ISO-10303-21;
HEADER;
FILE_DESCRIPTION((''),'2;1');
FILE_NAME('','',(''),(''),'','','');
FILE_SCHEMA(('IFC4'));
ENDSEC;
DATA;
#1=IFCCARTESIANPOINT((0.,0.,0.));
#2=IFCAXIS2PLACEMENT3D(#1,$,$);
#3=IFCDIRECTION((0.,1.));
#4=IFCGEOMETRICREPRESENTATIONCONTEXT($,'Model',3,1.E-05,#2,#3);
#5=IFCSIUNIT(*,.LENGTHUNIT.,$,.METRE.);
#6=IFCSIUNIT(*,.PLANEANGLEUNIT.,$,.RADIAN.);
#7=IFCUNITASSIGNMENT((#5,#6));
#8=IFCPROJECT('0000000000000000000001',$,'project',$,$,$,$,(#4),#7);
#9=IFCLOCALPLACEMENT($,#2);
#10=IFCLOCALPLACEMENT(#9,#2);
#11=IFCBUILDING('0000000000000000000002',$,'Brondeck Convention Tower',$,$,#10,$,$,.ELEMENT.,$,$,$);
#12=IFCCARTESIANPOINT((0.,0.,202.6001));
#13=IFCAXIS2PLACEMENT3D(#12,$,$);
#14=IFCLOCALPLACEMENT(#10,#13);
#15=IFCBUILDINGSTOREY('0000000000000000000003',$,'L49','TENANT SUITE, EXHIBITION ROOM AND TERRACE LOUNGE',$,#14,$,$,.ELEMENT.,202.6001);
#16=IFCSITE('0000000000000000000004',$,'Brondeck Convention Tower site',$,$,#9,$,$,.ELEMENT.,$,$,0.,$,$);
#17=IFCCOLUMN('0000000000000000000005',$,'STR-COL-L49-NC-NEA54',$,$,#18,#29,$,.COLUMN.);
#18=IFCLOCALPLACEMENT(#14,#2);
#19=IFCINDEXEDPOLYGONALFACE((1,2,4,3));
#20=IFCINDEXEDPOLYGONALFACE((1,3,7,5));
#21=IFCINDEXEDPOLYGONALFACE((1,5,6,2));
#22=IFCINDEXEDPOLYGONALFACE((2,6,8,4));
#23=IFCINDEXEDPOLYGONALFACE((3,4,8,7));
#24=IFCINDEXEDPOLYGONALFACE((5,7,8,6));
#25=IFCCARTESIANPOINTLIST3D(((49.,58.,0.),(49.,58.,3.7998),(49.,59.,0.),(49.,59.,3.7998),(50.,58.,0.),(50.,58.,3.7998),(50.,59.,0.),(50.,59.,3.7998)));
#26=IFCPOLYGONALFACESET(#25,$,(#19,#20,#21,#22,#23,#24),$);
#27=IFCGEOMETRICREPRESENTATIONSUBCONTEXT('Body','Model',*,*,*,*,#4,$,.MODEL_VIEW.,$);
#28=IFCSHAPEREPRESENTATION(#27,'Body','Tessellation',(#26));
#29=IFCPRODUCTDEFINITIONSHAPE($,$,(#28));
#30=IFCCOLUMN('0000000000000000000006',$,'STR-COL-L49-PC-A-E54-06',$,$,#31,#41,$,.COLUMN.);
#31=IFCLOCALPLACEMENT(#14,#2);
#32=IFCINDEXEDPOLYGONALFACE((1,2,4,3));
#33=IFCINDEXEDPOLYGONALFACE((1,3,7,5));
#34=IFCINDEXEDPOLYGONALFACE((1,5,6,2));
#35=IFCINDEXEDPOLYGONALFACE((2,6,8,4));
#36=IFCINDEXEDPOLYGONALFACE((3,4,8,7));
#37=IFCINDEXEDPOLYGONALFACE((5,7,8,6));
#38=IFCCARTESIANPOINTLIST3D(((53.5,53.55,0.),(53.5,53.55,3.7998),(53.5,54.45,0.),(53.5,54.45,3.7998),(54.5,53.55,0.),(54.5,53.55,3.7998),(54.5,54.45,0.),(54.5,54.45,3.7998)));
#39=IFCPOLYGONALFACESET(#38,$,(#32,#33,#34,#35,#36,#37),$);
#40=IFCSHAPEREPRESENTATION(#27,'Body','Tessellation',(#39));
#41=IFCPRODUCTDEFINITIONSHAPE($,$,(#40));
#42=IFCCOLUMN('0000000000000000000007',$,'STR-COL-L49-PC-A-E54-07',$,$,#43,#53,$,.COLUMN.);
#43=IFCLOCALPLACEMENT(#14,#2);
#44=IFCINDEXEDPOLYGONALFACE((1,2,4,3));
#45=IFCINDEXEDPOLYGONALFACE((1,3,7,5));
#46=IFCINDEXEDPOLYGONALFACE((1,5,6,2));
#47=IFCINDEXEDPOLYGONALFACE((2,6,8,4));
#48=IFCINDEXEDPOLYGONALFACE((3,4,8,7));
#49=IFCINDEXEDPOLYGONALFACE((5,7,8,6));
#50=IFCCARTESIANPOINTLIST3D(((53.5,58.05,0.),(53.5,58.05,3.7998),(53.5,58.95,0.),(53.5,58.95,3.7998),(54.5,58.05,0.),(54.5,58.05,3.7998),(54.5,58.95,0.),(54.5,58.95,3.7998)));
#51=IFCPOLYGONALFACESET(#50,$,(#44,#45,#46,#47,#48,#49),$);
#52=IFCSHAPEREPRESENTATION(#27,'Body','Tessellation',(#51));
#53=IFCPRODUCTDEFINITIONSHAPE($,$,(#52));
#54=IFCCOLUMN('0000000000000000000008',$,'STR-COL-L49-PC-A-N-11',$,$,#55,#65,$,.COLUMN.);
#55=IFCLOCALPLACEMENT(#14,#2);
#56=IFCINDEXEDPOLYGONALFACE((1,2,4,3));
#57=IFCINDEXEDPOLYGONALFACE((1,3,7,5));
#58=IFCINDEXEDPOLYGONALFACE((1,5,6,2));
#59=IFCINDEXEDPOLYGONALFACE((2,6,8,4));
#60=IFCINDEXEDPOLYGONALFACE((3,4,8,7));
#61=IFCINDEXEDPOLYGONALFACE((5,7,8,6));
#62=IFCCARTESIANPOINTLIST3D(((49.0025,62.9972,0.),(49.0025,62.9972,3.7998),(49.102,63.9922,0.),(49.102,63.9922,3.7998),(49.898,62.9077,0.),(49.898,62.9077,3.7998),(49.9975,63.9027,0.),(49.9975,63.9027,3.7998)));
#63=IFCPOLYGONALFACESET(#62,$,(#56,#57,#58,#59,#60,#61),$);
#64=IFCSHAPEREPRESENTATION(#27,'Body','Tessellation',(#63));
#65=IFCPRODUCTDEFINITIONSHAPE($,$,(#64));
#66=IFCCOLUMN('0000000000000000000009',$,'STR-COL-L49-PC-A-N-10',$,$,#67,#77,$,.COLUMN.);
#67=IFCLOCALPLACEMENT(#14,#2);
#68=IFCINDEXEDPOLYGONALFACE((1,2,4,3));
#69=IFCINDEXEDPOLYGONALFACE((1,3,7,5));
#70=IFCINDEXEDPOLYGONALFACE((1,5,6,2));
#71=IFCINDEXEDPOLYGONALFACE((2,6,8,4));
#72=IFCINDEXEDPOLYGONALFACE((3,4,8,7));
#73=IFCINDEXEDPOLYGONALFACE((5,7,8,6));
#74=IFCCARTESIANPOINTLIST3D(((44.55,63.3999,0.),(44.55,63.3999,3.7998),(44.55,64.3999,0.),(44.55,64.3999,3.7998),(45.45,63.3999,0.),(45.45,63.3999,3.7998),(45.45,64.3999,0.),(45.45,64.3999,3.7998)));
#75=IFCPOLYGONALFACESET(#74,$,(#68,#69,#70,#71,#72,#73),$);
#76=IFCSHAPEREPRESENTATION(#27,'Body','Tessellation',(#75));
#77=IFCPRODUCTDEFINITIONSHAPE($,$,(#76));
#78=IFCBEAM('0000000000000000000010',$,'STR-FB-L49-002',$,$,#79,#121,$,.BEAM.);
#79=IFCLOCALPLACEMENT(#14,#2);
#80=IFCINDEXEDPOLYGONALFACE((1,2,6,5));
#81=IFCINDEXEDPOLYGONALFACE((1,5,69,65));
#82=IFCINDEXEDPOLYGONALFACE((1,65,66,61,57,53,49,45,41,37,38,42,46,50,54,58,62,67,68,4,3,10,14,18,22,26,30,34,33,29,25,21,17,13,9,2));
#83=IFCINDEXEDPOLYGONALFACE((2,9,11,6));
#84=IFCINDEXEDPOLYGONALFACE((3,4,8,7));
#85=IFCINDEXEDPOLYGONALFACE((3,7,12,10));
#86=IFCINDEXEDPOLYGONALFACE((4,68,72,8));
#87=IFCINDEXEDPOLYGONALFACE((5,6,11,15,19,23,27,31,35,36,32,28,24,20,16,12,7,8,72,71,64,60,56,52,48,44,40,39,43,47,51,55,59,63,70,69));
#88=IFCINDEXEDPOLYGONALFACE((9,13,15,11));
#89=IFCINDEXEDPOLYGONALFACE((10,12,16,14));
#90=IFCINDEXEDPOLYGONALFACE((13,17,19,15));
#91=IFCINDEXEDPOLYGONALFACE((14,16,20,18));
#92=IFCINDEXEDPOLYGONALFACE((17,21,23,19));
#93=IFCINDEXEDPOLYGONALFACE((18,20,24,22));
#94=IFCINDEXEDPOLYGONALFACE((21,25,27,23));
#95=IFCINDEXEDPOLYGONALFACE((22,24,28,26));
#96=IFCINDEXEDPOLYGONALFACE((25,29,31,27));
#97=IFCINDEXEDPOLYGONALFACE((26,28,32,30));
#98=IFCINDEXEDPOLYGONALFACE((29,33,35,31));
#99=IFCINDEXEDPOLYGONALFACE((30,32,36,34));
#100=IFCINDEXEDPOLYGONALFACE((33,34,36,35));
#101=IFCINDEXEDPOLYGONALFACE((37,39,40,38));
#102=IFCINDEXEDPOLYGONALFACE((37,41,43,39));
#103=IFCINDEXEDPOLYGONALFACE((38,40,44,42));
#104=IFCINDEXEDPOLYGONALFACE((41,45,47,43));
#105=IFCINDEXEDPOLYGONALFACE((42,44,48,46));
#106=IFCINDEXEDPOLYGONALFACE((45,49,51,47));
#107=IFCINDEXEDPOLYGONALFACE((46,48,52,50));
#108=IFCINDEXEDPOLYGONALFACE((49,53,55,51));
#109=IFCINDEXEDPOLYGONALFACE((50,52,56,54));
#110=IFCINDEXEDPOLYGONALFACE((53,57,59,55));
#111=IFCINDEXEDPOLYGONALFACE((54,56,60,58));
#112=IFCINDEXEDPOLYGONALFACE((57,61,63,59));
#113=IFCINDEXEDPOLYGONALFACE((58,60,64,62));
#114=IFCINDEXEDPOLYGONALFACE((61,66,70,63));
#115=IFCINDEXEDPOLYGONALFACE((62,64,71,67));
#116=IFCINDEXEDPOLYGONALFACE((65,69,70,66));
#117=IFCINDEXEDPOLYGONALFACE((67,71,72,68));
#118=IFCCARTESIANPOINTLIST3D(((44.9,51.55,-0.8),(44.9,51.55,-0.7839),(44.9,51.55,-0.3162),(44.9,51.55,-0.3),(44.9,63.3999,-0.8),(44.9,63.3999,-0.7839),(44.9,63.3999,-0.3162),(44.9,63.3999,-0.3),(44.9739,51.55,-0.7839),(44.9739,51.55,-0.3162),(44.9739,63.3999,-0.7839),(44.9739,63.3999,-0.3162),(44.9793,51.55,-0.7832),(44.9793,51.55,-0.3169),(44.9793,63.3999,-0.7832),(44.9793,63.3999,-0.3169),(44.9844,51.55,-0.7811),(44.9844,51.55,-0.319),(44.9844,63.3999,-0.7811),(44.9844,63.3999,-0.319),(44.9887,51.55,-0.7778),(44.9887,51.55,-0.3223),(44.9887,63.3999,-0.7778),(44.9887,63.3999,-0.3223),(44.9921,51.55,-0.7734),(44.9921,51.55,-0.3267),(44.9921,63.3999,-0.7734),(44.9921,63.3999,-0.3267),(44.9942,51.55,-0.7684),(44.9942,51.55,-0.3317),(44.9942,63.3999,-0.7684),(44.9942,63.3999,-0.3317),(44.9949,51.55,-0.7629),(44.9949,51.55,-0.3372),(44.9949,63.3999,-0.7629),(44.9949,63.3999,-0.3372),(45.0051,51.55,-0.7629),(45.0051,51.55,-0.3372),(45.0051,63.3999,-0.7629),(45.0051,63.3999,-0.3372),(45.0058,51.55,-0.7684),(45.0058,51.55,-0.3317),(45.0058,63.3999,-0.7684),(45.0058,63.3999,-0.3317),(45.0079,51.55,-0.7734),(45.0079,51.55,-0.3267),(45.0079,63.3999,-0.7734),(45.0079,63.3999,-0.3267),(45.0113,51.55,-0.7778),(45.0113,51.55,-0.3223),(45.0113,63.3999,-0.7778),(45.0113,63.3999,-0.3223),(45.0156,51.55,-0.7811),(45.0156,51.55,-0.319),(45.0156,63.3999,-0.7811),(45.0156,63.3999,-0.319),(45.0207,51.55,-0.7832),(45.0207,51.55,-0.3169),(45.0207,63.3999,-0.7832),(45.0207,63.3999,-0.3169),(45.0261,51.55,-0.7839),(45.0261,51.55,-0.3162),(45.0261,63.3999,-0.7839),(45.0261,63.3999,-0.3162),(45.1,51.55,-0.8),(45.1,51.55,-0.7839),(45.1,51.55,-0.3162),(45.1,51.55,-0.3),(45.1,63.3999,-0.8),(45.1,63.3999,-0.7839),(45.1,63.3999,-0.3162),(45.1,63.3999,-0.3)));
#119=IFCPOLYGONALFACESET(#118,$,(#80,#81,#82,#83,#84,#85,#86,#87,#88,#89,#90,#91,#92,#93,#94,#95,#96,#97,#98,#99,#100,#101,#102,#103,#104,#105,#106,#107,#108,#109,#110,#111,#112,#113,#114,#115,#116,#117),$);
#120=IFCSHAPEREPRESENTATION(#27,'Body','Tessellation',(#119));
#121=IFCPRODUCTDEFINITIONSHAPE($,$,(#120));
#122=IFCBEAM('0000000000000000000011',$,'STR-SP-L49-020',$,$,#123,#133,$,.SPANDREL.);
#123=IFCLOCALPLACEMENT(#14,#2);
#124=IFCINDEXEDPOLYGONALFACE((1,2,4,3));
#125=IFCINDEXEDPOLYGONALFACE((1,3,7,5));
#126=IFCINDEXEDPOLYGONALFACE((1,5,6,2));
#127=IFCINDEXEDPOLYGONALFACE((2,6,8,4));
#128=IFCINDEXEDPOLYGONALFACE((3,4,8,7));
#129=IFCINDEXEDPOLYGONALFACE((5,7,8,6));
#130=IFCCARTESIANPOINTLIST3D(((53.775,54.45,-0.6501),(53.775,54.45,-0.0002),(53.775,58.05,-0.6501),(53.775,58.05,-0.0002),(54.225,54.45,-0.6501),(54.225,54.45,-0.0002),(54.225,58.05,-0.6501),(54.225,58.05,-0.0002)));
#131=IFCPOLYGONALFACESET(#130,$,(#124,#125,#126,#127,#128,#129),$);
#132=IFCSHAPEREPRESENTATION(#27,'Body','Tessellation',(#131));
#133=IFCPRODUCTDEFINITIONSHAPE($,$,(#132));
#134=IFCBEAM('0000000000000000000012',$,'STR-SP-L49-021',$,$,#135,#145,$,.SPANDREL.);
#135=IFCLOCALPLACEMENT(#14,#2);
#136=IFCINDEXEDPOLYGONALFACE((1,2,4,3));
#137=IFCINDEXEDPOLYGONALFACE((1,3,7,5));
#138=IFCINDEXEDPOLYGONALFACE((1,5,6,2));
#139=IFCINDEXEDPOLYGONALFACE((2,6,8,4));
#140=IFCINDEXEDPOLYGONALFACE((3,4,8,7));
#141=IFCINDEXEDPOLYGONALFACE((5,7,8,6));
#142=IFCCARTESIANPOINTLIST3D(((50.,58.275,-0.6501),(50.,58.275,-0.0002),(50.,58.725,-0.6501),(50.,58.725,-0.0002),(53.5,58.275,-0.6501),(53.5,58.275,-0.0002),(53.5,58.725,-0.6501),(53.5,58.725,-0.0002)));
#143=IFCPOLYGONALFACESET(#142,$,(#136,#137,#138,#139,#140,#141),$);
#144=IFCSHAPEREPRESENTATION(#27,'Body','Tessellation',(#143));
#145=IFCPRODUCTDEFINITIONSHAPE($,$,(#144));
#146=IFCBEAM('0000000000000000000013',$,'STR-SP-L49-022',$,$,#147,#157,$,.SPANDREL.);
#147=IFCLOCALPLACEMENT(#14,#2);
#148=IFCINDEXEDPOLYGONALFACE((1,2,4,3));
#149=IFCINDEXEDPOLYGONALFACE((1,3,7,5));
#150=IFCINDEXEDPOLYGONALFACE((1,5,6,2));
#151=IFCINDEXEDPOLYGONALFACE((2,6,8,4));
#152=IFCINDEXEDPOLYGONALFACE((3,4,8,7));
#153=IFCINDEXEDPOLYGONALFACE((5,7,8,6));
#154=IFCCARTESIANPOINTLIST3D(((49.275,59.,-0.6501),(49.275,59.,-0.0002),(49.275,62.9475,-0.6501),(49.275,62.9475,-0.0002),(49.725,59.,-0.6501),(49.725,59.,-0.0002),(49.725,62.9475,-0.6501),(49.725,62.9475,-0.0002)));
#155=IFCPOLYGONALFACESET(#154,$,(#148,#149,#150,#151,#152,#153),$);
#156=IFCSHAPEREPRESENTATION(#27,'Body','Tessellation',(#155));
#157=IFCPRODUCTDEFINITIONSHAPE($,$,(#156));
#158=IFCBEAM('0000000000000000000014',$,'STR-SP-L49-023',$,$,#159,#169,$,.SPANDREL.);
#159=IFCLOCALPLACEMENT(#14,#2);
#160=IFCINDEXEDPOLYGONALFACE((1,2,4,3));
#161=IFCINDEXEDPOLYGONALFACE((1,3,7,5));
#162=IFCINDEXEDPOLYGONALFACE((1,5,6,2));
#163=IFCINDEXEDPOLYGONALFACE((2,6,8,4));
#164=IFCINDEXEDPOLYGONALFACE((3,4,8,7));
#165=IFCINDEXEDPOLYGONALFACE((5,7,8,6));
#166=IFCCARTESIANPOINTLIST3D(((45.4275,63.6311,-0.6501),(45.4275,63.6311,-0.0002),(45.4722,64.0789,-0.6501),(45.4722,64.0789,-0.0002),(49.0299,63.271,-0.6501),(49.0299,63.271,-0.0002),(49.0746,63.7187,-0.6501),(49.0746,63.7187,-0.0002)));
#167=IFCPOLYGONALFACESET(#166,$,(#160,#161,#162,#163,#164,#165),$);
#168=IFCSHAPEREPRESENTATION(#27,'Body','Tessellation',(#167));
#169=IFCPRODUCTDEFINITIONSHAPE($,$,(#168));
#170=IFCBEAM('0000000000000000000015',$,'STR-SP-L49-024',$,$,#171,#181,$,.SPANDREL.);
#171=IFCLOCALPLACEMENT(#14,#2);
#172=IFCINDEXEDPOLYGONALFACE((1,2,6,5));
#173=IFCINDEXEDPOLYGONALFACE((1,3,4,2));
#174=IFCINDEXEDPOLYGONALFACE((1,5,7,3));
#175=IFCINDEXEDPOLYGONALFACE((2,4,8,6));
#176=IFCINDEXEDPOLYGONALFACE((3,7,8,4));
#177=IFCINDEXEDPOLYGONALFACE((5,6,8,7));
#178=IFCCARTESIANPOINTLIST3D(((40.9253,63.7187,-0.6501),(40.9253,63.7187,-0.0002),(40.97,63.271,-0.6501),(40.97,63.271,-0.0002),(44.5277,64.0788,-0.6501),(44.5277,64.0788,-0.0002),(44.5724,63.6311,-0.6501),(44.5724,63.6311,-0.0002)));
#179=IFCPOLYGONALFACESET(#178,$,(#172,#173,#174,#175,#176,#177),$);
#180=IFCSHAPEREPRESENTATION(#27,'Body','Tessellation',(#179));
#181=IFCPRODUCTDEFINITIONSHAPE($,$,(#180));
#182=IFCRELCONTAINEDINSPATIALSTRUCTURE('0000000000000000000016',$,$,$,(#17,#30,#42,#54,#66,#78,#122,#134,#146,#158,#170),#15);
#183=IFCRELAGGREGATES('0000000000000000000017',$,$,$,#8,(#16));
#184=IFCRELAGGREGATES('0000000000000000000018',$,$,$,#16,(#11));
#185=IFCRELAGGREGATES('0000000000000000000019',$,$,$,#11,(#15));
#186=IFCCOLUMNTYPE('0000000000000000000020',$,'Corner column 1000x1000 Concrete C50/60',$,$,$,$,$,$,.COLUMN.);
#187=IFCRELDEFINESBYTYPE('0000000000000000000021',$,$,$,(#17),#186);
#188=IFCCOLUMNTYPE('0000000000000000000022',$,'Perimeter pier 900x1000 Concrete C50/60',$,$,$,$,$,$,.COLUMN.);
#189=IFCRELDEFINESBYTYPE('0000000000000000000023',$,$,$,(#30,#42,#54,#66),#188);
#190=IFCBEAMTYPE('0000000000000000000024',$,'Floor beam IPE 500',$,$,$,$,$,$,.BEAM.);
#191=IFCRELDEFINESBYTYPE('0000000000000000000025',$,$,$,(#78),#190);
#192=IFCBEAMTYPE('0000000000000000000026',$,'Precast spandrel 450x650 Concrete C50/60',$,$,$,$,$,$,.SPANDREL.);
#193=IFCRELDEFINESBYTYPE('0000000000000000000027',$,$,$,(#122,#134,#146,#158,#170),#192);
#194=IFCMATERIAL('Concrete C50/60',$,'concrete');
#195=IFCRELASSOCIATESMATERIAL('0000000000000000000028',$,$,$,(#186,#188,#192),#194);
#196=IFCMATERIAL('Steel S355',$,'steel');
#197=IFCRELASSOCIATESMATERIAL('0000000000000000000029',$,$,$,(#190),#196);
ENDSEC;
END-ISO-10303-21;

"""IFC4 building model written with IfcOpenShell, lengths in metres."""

from ifc_helpers import new_model, si_unit, direction, frame, origin, origin_2d, place, context, subcontext, project, spatial, rectangle, i_section, extrude, material, material_profile, profile_set, type_object, element, save


model = new_model("IFC4")

# Units and contexts
model_context = context("Model", 3, precision=1e-05, world=origin(), true_north=direction((0.0, 1.0)))
body_context = subcontext(model_context, "Body", "Model", "MODEL_VIEW")
ifc_project = project(units=[si_unit("LENGTHUNIT", "METRE"), si_unit("PLANEANGLEUNIT", "RADIAN")], contexts=[model_context])

# Site, building, storey
site_placement = place(None, origin())
site = spatial("IfcSite", under=ifc_project, at=site_placement, Name="Brondeck Convention Tower site", CompositionType="ELEMENT", RefElevation=0.0)
building_placement = place(site_placement, origin())
building = spatial("IfcBuilding", under=site, at=building_placement, Name="Brondeck Convention Tower", CompositionType="ELEMENT")
storey_placement = place(building_placement, frame((0.0, 0.0, 202.6001)))
storey = spatial("IfcBuildingStorey", under=building, at=storey_placement, Name="L49", Description="TENANT SUITE, EXHIBITION ROOM AND TERRACE LOUNGE", CompositionType="ELEMENT", Elevation=202.6001)

# Columns
ifc_material_1 = material(Name="Concrete C50/60", Category="concrete")
ifc_material_profile_1 = material_profile(ifc_material_1, rectangle(XDim=1.0, YDim=1.0, at=origin_2d()), Name="Corner column 1000x1000 Concrete C50/60")
ifc_profile_set_1 = profile_set([ifc_material_profile_1], Name="Concrete C50/60")
column_type_1 = type_object("IfcColumnType", Name="Corner column 1000x1000 Concrete C50/60", PredefinedType="COLUMN", material=ifc_profile_set_1)
column_placement = place(storey_placement, frame((49.5, 58.5, 0.0), z_axis=(0.0, 0.0, 1.0), x_axis=(1.0, 0.0, 0.0)))
element("IfcColumn", 1, at=column_placement, inside=storey, type_object=column_type_1, Name="STR-COL-L49-NC-NEA54", PredefinedType="COLUMN", context=body_context, shape_type="SweptSolid", body=[
    extrude(rectangle(XDim=1.0, YDim=1.0, at=origin_2d()), origin(), (0.0, 0.0, 1.0), 3.7998),
])
ifc_material_profile_2 = material_profile(ifc_material_1, rectangle(XDim=0.8999, YDim=1.0, at=origin_2d()), Name="Perimeter pier 900x1000 Concrete C50/60")
ifc_profile_set_2 = profile_set([ifc_material_profile_2], Name="Concrete C50/60")
column_type_2 = type_object("IfcColumnType", Name="Perimeter pier 900x1000 Concrete C50/60", PredefinedType="COLUMN", material=ifc_profile_set_2)
for number, where, z_axis, x_axis, name in (
    (2, (54.0, 54.0, 0.0), (0.0, 0.0, 1.0), (0.0, 1.0, 0.0), "STR-COL-L49-PC-A-E54-06"),
    (3, (54.0, 58.5, 0.0), (0.0, 0.0, 1.0), (0.0, 1.0, 0.0), "STR-COL-L49-PC-A-E54-07"),
    (4, (49.5, 63.45, 0.0), (0.0, 0.0, 1.0), (-0.995037, 0.099504, 0.0), "STR-COL-L49-PC-A-N-11"),
    (5, (45.0, 63.8999, 0.0), (0.0, 0.0, 1.0), (-1.0, 0.0, 0.0), "STR-COL-L49-PC-A-N-10"),
):
    element("IfcColumn", number, at=place(storey_placement, frame(where, z_axis=z_axis, x_axis=x_axis)), inside=storey, type_object=column_type_2, Name=name, PredefinedType="COLUMN", context=body_context, shape_type="SweptSolid", body=[
        extrude(rectangle(XDim=0.8999, YDim=1.0, at=origin_2d()), origin(), (0.0, 0.0, 1.0), 3.7998),
    ])

# Beams
ifc_material_2 = material(Name="Steel S355", Category="steel")
ifc_material_profile_3 = material_profile(ifc_material_2, i_section(OverallWidth=0.2, OverallDepth=0.5, WebThickness=0.0103, FlangeThickness=0.0161, FilletRadius=0.021, at=origin_2d()), Name="IPE 500")
ifc_profile_set_3 = profile_set([ifc_material_profile_3], Name="Steel S355")
beam_type_1 = type_object("IfcBeamType", Name="Floor beam IPE 500", PredefinedType="BEAM", material=ifc_profile_set_3)
beam_1_placement = place(storey_placement, frame((45.0, 51.55, -0.55), z_axis=(0.0, 1.0, 0.0), x_axis=(-1.0, 0.0, 0.0)))
element("IfcBeam", 6, at=beam_1_placement, inside=storey, type_object=beam_type_1, Name="STR-FB-L49-002", PredefinedType="BEAM", context=body_context, shape_type="SweptSolid", body=[
    extrude(i_section(OverallWidth=0.2, OverallDepth=0.5, WebThickness=0.0103, FlangeThickness=0.0161, FilletRadius=0.021, at=origin_2d()), origin(), (0.0, 0.0, 1.0), 11.8499),
])
ifc_material_profile_4 = material_profile(ifc_material_1, rectangle(XDim=0.45, YDim=0.6499, at=origin_2d()), Name="Precast spandrel 450x650 Concrete C50/60")
ifc_profile_set_4 = profile_set([ifc_material_profile_4], Name="Concrete C50/60")
beam_type_2 = type_object("IfcBeamType", Name="Precast spandrel 450x650 Concrete C50/60", PredefinedType="SPANDREL", material=ifc_profile_set_4)
beam_2_placement = place(storey_placement, frame((54.0, 54.45, -0.3252), z_axis=(0.0, 1.0, 0.0), x_axis=(-1.0, 0.0, 0.0)))
element("IfcBeam", 7, at=beam_2_placement, inside=storey, type_object=beam_type_2, Name="STR-SP-L49-020", PredefinedType="SPANDREL", context=body_context, shape_type="SweptSolid", body=[
    extrude(rectangle(XDim=0.45, YDim=0.6499, at=origin_2d()), origin(), (0.0, 0.0, 1.0), 3.6001),
])
beam_3_placement = place(storey_placement, frame((53.5, 58.5, -0.3252), z_axis=(-1.0, 0.0, 0.0), x_axis=(0.0, -1.0, 0.0)))
element("IfcBeam", 8, at=beam_3_placement, inside=storey, type_object=beam_type_2, Name="STR-SP-L49-021", PredefinedType="SPANDREL", context=body_context, shape_type="SweptSolid", body=[
    extrude(rectangle(XDim=0.45, YDim=0.6499, at=origin_2d()), origin(), (0.0, 0.0, 1.0), 3.5),
])
beam_4_placement = place(storey_placement, frame((49.5, 59.0, -0.3252), z_axis=(0.0, 1.0, 0.0), x_axis=(-1.0, 0.0, 0.0)))
element("IfcBeam", 9, at=beam_4_placement, inside=storey, type_object=beam_type_2, Name="STR-SP-L49-022", PredefinedType="SPANDREL", context=body_context, shape_type="SweptSolid", body=[
    extrude(rectangle(XDim=0.45, YDim=0.6499, at=origin_2d()), origin(), (0.0, 0.0, 1.0), 3.9475),
])
for number, where, z_axis, x_axis, name in (
    (10, (49.0522, 63.4949, -0.3252), (-0.995041, 0.09947, 0.0), (-0.09947, -0.995041, 0.0), "STR-SP-L49-023"),
    (11, (44.55, 63.855, -0.3252), (-0.995041, -0.09947, 0.0), (0.09947, -0.995041, 0.0), "STR-SP-L49-024"),
):
    element("IfcBeam", number, at=place(storey_placement, frame(where, z_axis=z_axis, x_axis=x_axis)), inside=storey, type_object=beam_type_2, Name=name, PredefinedType="SPANDREL", context=body_context, shape_type="SweptSolid", body=[
        extrude(rectangle(XDim=0.45, YDim=0.6499, at=origin_2d()), origin(), (0.0, 0.0, 1.0), 3.6204),
    ])

save(model, "model.ifc")
